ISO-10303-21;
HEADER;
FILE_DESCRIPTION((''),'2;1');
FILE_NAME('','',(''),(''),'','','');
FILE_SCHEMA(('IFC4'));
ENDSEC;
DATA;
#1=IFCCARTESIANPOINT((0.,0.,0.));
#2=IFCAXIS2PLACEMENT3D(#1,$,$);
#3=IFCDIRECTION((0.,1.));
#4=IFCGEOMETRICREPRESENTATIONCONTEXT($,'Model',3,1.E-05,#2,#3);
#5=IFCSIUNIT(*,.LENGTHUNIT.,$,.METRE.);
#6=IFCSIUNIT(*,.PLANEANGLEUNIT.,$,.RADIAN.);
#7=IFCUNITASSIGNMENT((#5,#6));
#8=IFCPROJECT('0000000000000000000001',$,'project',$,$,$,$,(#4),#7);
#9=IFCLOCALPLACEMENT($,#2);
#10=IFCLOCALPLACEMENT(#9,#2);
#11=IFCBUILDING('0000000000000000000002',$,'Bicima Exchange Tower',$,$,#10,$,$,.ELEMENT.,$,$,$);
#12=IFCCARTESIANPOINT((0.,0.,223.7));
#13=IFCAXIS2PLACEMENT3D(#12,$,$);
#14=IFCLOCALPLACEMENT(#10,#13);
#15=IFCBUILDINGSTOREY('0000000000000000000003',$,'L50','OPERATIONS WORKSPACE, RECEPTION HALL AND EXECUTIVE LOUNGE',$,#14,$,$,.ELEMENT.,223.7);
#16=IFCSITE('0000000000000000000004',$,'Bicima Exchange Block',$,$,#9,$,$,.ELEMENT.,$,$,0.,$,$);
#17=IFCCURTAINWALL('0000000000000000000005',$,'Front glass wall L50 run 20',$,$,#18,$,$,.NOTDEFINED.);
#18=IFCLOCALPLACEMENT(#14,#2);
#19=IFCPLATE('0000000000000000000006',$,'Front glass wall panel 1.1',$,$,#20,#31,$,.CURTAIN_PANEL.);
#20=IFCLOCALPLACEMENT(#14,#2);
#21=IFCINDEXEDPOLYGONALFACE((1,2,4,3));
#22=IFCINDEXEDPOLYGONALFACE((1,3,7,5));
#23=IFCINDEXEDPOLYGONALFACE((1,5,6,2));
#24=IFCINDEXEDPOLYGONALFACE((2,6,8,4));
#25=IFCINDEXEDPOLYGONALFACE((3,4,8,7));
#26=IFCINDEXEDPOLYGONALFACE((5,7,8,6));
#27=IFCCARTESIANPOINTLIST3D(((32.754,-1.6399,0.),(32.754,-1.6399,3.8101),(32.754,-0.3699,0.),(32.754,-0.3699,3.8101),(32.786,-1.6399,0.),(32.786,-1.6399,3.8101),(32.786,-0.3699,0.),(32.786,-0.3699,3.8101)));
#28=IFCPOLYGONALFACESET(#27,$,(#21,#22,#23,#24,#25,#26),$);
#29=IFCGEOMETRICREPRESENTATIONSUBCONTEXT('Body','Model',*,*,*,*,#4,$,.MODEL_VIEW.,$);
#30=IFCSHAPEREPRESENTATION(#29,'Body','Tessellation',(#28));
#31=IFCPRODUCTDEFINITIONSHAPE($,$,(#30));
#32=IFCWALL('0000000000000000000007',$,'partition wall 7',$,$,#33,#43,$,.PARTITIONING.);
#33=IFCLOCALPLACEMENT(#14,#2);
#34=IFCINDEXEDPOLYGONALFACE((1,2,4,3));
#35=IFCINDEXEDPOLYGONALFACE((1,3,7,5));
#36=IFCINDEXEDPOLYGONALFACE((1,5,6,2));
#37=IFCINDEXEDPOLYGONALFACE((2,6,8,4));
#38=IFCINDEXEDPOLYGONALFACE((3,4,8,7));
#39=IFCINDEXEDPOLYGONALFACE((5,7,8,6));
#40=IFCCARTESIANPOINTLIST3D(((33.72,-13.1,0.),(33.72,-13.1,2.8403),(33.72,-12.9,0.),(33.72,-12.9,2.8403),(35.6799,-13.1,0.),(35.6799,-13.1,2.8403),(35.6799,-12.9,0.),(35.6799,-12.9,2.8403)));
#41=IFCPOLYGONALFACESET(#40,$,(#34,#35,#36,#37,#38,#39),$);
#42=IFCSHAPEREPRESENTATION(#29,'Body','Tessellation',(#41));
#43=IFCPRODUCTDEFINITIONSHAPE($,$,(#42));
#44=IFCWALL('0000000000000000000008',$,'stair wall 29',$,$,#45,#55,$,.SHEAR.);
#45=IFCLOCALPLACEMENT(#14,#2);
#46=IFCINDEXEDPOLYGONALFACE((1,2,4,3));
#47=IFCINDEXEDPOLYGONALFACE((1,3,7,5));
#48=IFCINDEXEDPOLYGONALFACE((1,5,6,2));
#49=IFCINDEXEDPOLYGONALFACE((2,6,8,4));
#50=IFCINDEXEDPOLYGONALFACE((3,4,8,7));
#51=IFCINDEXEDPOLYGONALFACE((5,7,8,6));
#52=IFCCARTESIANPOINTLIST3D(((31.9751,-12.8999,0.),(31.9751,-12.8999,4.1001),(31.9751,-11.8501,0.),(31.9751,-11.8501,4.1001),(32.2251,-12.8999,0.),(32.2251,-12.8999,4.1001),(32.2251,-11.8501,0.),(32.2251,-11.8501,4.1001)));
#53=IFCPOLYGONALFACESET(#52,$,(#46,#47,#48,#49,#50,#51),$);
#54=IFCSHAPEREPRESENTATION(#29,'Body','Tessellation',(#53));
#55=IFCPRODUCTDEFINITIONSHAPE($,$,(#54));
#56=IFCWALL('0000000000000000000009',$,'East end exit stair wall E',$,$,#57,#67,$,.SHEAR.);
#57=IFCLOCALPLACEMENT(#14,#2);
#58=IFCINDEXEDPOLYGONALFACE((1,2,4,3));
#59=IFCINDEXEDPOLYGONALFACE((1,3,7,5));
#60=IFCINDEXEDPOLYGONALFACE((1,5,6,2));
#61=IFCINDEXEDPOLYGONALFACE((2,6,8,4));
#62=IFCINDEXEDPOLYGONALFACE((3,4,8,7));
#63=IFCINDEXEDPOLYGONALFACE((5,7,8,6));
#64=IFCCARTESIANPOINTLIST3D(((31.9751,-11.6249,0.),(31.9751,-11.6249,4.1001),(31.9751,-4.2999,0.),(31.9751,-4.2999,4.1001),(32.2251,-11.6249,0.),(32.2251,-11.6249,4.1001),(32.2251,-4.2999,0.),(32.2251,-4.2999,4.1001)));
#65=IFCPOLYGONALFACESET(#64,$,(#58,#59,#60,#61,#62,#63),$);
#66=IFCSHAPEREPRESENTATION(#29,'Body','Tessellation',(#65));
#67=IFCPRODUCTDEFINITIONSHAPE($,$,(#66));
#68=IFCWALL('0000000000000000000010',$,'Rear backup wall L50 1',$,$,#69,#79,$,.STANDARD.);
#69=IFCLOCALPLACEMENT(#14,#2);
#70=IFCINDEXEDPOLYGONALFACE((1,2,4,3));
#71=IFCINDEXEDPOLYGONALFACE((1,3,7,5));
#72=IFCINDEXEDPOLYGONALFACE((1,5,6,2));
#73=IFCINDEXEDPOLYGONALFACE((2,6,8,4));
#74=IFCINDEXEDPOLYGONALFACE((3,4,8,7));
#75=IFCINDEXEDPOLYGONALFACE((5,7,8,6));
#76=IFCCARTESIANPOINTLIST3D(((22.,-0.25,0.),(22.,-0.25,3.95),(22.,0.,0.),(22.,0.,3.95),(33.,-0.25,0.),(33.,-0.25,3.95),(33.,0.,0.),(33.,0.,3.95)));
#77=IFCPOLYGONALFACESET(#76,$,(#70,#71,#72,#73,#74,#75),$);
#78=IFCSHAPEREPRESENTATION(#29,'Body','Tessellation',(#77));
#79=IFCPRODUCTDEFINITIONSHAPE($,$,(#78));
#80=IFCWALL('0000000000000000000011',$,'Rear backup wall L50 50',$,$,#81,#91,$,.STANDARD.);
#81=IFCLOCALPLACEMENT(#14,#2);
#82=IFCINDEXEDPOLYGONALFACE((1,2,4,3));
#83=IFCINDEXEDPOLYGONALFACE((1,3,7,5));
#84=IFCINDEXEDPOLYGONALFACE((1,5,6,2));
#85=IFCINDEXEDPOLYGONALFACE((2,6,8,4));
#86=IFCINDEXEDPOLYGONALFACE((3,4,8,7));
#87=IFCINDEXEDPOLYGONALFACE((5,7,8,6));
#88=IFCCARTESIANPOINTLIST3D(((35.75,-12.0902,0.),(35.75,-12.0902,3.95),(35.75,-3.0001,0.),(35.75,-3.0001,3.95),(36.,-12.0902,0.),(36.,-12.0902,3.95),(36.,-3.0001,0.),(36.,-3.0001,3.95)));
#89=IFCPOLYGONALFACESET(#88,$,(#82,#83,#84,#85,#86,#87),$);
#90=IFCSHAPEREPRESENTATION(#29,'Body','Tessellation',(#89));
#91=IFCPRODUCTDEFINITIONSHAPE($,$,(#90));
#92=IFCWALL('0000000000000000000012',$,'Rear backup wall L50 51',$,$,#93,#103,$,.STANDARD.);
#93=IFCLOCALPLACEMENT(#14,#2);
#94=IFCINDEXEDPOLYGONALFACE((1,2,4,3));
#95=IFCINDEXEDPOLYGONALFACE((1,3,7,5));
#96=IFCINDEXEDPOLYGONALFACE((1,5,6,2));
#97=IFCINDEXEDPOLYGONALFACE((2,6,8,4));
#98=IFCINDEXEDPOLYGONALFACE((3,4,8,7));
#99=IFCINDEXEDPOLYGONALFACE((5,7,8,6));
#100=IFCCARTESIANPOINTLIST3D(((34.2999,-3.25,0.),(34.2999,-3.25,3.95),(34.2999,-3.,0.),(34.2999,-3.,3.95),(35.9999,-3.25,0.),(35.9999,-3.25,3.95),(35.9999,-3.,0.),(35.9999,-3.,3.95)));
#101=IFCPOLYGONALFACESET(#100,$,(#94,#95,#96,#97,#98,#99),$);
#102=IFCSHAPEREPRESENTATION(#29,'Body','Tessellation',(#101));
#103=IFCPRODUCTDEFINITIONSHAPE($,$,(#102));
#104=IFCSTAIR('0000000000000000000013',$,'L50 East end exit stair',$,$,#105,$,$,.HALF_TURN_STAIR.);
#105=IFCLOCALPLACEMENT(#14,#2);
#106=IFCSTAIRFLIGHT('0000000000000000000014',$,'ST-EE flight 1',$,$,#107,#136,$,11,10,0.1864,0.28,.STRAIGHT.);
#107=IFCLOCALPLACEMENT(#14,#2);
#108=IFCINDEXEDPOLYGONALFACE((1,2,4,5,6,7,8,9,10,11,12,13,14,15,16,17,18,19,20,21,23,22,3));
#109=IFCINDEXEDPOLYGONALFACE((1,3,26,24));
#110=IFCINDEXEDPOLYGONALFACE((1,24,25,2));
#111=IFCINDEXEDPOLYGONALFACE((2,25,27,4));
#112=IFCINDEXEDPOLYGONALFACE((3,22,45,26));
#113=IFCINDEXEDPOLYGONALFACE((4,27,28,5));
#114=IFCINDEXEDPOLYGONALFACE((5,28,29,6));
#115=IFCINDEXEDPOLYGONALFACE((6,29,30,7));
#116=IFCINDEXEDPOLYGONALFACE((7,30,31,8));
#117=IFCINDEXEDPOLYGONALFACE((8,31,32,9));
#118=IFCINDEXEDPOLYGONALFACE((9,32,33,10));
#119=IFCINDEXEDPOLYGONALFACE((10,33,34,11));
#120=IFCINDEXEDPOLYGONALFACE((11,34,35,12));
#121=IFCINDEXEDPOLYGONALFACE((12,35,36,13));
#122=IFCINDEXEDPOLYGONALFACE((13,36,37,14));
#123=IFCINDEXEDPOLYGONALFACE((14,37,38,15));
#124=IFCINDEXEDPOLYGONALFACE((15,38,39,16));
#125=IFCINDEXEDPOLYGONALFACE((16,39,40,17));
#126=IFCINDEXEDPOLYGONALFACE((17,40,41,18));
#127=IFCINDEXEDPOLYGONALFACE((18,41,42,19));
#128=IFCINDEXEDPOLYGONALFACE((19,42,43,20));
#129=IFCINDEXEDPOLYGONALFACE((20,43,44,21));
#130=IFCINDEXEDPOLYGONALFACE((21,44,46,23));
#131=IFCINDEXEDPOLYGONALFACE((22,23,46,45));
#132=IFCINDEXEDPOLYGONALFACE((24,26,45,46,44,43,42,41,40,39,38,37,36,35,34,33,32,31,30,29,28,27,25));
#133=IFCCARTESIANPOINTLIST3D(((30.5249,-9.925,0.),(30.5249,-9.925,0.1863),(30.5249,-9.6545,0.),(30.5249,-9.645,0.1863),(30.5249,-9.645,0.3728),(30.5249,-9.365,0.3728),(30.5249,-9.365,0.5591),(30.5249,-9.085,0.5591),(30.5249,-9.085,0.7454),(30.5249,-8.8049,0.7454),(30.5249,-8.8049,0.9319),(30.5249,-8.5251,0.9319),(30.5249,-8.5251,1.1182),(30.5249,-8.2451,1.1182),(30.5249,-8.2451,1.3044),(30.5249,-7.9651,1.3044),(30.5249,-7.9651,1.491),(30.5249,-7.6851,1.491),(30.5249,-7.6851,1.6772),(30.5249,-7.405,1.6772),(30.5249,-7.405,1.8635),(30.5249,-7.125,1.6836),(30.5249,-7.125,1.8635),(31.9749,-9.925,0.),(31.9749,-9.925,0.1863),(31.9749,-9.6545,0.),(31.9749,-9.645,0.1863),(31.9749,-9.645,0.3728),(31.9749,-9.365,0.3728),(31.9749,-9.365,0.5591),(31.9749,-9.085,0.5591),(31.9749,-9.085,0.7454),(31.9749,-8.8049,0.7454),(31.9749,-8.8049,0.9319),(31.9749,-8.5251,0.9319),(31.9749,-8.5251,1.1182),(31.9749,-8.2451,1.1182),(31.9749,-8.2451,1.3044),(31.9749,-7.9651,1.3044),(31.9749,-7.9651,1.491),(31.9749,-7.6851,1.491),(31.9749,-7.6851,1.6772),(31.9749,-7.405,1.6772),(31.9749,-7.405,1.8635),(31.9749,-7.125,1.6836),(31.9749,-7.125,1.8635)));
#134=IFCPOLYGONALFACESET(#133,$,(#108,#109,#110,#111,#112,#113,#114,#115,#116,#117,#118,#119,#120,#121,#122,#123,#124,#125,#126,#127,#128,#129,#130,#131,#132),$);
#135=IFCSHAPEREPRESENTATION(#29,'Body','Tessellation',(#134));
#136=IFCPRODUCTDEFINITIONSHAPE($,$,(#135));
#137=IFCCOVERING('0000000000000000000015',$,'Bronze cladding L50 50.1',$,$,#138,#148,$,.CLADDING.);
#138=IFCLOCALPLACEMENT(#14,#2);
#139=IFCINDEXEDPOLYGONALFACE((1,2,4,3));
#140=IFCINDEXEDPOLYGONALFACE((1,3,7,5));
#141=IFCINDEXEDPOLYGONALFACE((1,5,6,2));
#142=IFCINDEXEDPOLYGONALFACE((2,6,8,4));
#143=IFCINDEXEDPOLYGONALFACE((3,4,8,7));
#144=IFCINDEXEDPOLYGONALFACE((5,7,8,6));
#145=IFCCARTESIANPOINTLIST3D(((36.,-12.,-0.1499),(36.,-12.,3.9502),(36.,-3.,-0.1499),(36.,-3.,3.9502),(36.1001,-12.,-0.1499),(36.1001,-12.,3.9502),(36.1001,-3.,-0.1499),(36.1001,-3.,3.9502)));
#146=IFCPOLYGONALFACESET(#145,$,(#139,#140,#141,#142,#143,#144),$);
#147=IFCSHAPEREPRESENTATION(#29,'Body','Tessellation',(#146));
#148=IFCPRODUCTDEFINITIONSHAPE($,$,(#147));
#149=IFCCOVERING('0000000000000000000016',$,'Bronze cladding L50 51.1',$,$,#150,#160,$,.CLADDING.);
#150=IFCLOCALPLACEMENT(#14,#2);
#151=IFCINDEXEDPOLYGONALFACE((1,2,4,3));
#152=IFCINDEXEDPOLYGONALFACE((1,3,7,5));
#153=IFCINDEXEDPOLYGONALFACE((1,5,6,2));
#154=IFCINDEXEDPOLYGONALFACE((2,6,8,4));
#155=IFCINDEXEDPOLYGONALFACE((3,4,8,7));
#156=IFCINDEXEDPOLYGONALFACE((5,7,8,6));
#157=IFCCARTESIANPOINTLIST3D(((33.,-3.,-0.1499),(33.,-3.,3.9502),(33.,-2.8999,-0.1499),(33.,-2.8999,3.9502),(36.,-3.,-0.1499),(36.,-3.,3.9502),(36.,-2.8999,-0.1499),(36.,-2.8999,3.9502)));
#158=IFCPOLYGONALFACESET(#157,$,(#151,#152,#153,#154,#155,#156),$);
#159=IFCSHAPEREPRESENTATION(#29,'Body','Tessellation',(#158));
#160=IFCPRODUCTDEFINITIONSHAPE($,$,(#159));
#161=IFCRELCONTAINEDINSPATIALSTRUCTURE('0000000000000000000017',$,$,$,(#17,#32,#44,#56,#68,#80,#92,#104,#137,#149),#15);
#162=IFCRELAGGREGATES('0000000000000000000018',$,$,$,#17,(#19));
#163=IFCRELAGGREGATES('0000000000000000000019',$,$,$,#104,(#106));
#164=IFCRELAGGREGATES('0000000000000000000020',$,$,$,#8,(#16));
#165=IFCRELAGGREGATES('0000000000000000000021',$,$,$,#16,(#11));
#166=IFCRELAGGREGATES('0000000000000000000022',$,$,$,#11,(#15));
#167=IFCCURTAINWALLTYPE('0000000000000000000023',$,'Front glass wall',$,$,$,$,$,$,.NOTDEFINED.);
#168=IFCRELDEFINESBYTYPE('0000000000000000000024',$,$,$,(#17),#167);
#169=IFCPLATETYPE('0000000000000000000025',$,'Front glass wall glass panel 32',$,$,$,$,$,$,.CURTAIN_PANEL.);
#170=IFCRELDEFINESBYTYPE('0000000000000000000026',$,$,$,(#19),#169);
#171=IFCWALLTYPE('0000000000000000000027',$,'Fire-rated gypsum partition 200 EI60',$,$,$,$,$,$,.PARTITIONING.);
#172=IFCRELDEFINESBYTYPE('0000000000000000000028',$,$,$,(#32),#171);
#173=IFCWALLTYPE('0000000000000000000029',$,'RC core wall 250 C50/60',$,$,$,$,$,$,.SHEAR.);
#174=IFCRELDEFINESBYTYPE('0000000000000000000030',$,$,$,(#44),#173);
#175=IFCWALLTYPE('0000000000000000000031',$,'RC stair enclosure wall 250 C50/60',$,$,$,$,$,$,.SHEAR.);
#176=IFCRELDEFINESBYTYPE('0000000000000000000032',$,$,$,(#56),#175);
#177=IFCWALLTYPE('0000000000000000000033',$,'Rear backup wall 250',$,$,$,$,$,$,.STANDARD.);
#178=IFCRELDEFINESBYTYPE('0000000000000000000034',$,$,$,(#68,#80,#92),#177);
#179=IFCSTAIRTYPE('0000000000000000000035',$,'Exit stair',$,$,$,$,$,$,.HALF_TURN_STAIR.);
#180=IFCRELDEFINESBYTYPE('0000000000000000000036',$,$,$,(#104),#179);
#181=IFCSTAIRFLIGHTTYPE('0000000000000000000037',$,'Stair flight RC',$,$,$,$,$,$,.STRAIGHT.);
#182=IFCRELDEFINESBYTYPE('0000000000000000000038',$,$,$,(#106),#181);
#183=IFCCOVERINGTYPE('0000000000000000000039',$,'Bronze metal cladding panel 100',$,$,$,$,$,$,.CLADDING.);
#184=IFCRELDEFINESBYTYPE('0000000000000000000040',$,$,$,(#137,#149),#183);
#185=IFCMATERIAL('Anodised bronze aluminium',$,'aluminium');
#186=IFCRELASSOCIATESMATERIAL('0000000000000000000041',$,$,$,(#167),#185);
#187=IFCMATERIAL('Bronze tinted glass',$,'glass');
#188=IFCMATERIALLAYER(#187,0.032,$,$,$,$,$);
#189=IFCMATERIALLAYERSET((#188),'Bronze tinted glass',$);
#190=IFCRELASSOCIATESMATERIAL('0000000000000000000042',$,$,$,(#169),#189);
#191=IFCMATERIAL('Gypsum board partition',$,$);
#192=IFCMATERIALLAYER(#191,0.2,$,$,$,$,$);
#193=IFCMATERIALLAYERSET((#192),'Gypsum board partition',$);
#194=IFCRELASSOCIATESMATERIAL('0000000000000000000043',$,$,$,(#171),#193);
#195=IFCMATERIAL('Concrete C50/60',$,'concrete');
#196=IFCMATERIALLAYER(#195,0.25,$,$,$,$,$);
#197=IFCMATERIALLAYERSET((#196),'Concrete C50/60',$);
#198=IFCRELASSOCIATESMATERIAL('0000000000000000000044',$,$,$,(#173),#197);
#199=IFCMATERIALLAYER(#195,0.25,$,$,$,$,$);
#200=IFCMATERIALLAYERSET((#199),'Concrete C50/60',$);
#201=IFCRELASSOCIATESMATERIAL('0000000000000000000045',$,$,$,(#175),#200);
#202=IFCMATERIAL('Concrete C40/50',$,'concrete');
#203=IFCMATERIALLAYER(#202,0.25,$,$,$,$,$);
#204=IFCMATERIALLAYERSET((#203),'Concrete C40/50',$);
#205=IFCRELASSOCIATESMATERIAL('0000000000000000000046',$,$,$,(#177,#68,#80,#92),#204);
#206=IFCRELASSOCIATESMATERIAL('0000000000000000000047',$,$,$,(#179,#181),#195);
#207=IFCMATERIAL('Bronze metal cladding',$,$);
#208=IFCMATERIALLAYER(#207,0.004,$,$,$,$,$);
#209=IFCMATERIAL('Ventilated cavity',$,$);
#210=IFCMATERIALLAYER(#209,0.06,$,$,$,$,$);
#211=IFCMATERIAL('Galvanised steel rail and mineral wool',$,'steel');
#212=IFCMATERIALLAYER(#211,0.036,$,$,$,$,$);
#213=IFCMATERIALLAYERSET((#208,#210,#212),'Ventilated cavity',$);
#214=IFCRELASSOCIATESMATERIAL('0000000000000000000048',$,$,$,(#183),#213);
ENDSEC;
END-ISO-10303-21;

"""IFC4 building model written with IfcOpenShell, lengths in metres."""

from ifc_helpers import new_model, si_unit, direction, frame, frame_2d, origin, origin_2d, place, context, subcontext, project, spatial, polyline, rectangle, outline, extrude, material, layer, layer_set, layer_usage, type_object, element, aggregate, save


model = new_model("IFC4")

# Units and contexts
model_context = context("Model", 3, precision=1e-05, world=origin(), true_north=direction((0.0, 1.0)))
body_context = subcontext(model_context, "Body", "Model", "MODEL_VIEW")
ifc_project = project(units=[si_unit("LENGTHUNIT", "METRE"), si_unit("PLANEANGLEUNIT", "RADIAN")], contexts=[model_context])

# Site, building, storey
site_placement = place(None, origin())
site = spatial("IfcSite", under=ifc_project, at=site_placement, Name="Bicima Exchange Block", CompositionType="ELEMENT", RefElevation=0.0)
building_placement = place(site_placement, origin())
building = spatial("IfcBuilding", under=site, at=building_placement, Name="Bicima Exchange Tower", CompositionType="ELEMENT")
storey_placement = place(building_placement, frame((0.0, 0.0, 223.7)))
storey = spatial("IfcBuildingStorey", under=building, at=storey_placement, Name="L50", Description="OPERATIONS WORKSPACE, RECEPTION HALL AND EXECUTIVE LOUNGE", CompositionType="ELEMENT", Elevation=223.7)

# Shared definitions
ifc_material_1 = material(Name="Anodised bronze aluminium", Category="aluminium")

# Curtain wall
curtain_wall_type_1 = type_object("IfcCurtainWallType", Name="Front glass wall", PredefinedType="NOTDEFINED", material=ifc_material_1)
curtain_wall_1_placement = place(storey_placement, origin())
curtain_wall_1 = element("IfcCurtainWall", 1, at=curtain_wall_1_placement, inside=storey, type_object=curtain_wall_type_1, Name="Front glass wall L50 run 20", PredefinedType="NOTDEFINED")

# Plate
ifc_material_2 = material(Name="Bronze tinted glass", Category="glass")
ifc_layer_1 = layer(ifc_material_2, 0.032)
ifc_layer_set_1 = layer_set([ifc_layer_1], Name="Bronze tinted glass")
plate_type = type_object("IfcPlateType", Name="Front glass wall glass panel 32", PredefinedType="CURTAIN_PANEL", material=ifc_layer_set_1)
plate_placement = place(storey_placement, frame((32.77, -1.0049, 0.0), z_axis=(0.0, 0.0, 1.0), x_axis=(0.0, 1.0, 0.0)))
plate = element("IfcPlate", 2, at=plate_placement, type_object=plate_type, Name="Front glass wall panel 1.1", PredefinedType="CURTAIN_PANEL", context=body_context, shape_type="SweptSolid", body=[
    extrude(rectangle(XDim=1.27, YDim=0.032, at=origin_2d()), origin(), (0.0, 0.0, 1.0), 3.8101),
])
aggregate(curtain_wall_1, [plate])

# Walls
ifc_material_3 = material(Name="Gypsum board partition")
ifc_layer_2 = layer(ifc_material_3, 0.2)
ifc_layer_set_2 = layer_set([ifc_layer_2], Name="Gypsum board partition")
wall_type_1 = type_object("IfcWallType", Name="Fire-rated gypsum partition 200 EI60", PredefinedType="PARTITIONING", material=ifc_layer_set_2)
wall_1_placement = place(storey_placement, frame((33.72, -13.0, 0.0), z_axis=(0.0, 0.0, 1.0), x_axis=(1.0, 0.0, 0.0)))
element("IfcWall", 3, at=wall_1_placement, inside=storey, type_object=wall_type_1, Name="partition wall 7", PredefinedType="PARTITIONING", context=body_context, shape_type="SweptSolid", body=[
    extrude(rectangle(XDim=1.96, YDim=0.2, at=frame_2d((0.98, 0.0))), origin(), (0.0, 0.0, 1.0), 2.8403),
])
ifc_material_4 = material(Name="Concrete C50/60", Category="concrete")
ifc_layer_3 = layer(ifc_material_4, 0.25)
ifc_layer_set_3 = layer_set([ifc_layer_3], Name="Concrete C50/60")
wall_type_2 = type_object("IfcWallType", Name="RC core wall 250 C50/60", PredefinedType="SHEAR", material=ifc_layer_set_3)
wall_2_placement = place(storey_placement, frame((32.1001, -12.8999, 0.0), z_axis=(0.0, 0.0, 1.0), x_axis=(0.0, 1.0, 0.0)))
element("IfcWall", 4, at=wall_2_placement, inside=storey, type_object=wall_type_2, Name="stair wall 29", PredefinedType="SHEAR", context=body_context, shape_type="SweptSolid", body=[
    extrude(rectangle(XDim=1.0498, YDim=0.25, at=frame_2d((0.5249, 0.0))), origin(), (0.0, 0.0, 1.0), 4.1001),
])
ifc_layer_4 = layer(ifc_material_4, 0.25)
ifc_layer_set_4 = layer_set([ifc_layer_4], Name="Concrete C50/60")
wall_type_3 = type_object("IfcWallType", Name="RC stair enclosure wall 250 C50/60", PredefinedType="SHEAR", material=ifc_layer_set_4)
wall_3_placement = place(storey_placement, frame((32.1001, -11.625, 0.0), z_axis=(0.0, 0.0, 1.0), x_axis=(0.0, 1.0, 0.0)))
element("IfcWall", 5, at=wall_3_placement, inside=storey, type_object=wall_type_3, Name="East end exit stair wall E", PredefinedType="SHEAR", context=body_context, shape_type="SweptSolid", body=[
    extrude(rectangle(XDim=7.325, YDim=0.25, at=frame_2d((3.6626, 0.0))), origin(), (0.0, 0.0, 1.0), 4.1001),
])
ifc_material_5 = material(Name="Concrete C40/50", Category="concrete")
ifc_layer_5 = layer(ifc_material_5, 0.25)
ifc_layer_set_5 = layer_set([ifc_layer_5], Name="Concrete C40/50")
ifc_layer_usage = layer_usage(ifc_layer_set_5, "AXIS2", "POSITIVE", -0.125)
wall_type_4 = type_object("IfcWallType", Name="Rear backup wall 250", PredefinedType="STANDARD", material=ifc_layer_set_5)
wall_4_placement = place(storey_placement, frame((33.0, -0.125, 0.0), z_axis=(0.0, 0.0, 1.0), x_axis=(-1.0, 0.0, 0.0)))
element("IfcWall", 6, at=wall_4_placement, inside=storey, type_object=wall_type_4, material=ifc_layer_usage, Name="Rear backup wall L50 1", PredefinedType="STANDARD", context=body_context, shape_type="SweptSolid", body=[
    extrude(rectangle(XDim=11.0, YDim=0.25, at=frame_2d((5.5, 0.0))), origin(), (0.0, 0.0, 1.0), 3.95),
])
wall_5_placement = place(storey_placement, frame((35.875, -12.0901, 0.0), z_axis=(0.0, 0.0, 1.0), x_axis=(0.0, 1.0, 0.0)))
element("IfcWall", 7, at=wall_5_placement, inside=storey, type_object=wall_type_4, material=ifc_layer_usage, Name="Rear backup wall L50 50", PredefinedType="STANDARD", context=body_context, shape_type="SweptSolid", body=[
    extrude(rectangle(XDim=9.0901, YDim=0.25, at=frame_2d((4.5449, 0.0))), origin(), (0.0, 0.0, 1.0), 3.95),
])
wall_6_placement = place(storey_placement, frame((36.0, -3.125, 0.0), z_axis=(0.0, 0.0, 1.0), x_axis=(-1.0, 0.0, 0.0)))
element("IfcWall", 8, at=wall_6_placement, inside=storey, type_object=wall_type_4, material=ifc_layer_usage, Name="Rear backup wall L50 51", PredefinedType="STANDARD", context=body_context, shape_type="SweptSolid", body=[
    extrude(rectangle(XDim=1.7, YDim=0.25, at=frame_2d((0.8501, 0.0))), origin(), (0.0, 0.0, 1.0), 3.95),
])

# Stair, stair flight
stair_type = type_object("IfcStairType", Name="Exit stair", PredefinedType="HALF_TURN_STAIR", material=ifc_material_4)
stair_placement = place(storey_placement, origin())
stair = element("IfcStair", 9, at=stair_placement, inside=storey, type_object=stair_type, Name="L50 East end exit stair", PredefinedType="HALF_TURN_STAIR")
stair_flight_type = type_object("IfcStairFlightType", Name="Stair flight RC", PredefinedType="STRAIGHT", material=ifc_material_4)
stair_flight_placement = place(storey_placement, frame((31.25, -9.925, 0.0), z_axis=(0.0, 0.0, 1.0), x_axis=(0.0, 1.0, 0.0)))
stair_flight = element("IfcStairFlight", 10, at=stair_flight_placement, type_object=stair_flight_type, Name="ST-EE flight 1", NumberOfRisers=11, NumberOfTreads=10, PredefinedType="STRAIGHT", RiserHeight=0.1864, TreadLength=0.28, context=body_context, shape_type="SweptSolid", body=[
    extrude(outline(polyline([(0.0, 0.0), (0.0, 0.1863), (0.28, 0.1863), (0.28, 0.3728), (0.5601, 0.3728), (0.5601, 0.5591), (0.8401, 0.5591), (0.8401, 0.7454), (1.1201, 0.7454), (1.1201, 0.9319), (1.3999, 0.9319), (1.3999, 1.1182), (1.6799, 1.1182), (1.6799, 1.3044), (1.96, 1.3044), (1.96, 1.491), (2.24, 1.491), (2.24, 1.6772), (2.52, 1.6772), (2.52, 1.8635), (2.8, 1.8635), (2.8, 2.05), (2.8, 1.6836), (0.2705, 0.0), (0.0, 0.0)])), frame((0.0, 0.7251, 0.0), z_axis=(0.0, -1.0, 0.0), x_axis=(1.0, 0.0, 0.0)), (0.0, 0.0, 1.0), 1.45),
])
aggregate(stair, [stair_flight])

# Coverings
ifc_material_6 = material(Name="Bronze metal cladding")
ifc_layer_6 = layer(ifc_material_6, 0.004)
ifc_material_7 = material(Name="Ventilated cavity")
ifc_layer_7 = layer(ifc_material_7, 0.06)
ifc_material_8 = material(Name="Galvanised steel rail and mineral wool", Category="steel")
ifc_layer_8 = layer(ifc_material_8, 0.036)
ifc_layer_set_6 = layer_set([ifc_layer_6, ifc_layer_7, ifc_layer_8], Name="Ventilated cavity")
covering_type = type_object("IfcCoveringType", Name="Bronze metal cladding panel 100", PredefinedType="CLADDING", material=ifc_layer_set_6)
covering_1_placement = place(storey_placement, frame((36.05, -7.5, -0.1499), z_axis=(0.0, 0.0, 1.0), x_axis=(0.0, 1.0, 0.0)))
element("IfcCovering", 11, at=covering_1_placement, inside=storey, type_object=covering_type, Name="Bronze cladding L50 50.1", PredefinedType="CLADDING", context=body_context, shape_type="SweptSolid", body=[
    extrude(rectangle(XDim=9.0, YDim=0.1001, at=origin_2d()), origin(), (0.0, 0.0, 1.0), 4.1001),
])
covering_2_placement = place(storey_placement, frame((34.5, -2.95, -0.1499), z_axis=(0.0, 0.0, 1.0), x_axis=(-1.0, 0.0, 0.0)))
element("IfcCovering", 12, at=covering_2_placement, inside=storey, type_object=covering_type, Name="Bronze cladding L50 51.1", PredefinedType="CLADDING", context=body_context, shape_type="SweptSolid", body=[
    extrude(rectangle(XDim=3.0, YDim=0.1001, at=origin_2d()), origin(), (0.0, 0.0, 1.0), 4.1001),
])

save(model, "model.ifc")
